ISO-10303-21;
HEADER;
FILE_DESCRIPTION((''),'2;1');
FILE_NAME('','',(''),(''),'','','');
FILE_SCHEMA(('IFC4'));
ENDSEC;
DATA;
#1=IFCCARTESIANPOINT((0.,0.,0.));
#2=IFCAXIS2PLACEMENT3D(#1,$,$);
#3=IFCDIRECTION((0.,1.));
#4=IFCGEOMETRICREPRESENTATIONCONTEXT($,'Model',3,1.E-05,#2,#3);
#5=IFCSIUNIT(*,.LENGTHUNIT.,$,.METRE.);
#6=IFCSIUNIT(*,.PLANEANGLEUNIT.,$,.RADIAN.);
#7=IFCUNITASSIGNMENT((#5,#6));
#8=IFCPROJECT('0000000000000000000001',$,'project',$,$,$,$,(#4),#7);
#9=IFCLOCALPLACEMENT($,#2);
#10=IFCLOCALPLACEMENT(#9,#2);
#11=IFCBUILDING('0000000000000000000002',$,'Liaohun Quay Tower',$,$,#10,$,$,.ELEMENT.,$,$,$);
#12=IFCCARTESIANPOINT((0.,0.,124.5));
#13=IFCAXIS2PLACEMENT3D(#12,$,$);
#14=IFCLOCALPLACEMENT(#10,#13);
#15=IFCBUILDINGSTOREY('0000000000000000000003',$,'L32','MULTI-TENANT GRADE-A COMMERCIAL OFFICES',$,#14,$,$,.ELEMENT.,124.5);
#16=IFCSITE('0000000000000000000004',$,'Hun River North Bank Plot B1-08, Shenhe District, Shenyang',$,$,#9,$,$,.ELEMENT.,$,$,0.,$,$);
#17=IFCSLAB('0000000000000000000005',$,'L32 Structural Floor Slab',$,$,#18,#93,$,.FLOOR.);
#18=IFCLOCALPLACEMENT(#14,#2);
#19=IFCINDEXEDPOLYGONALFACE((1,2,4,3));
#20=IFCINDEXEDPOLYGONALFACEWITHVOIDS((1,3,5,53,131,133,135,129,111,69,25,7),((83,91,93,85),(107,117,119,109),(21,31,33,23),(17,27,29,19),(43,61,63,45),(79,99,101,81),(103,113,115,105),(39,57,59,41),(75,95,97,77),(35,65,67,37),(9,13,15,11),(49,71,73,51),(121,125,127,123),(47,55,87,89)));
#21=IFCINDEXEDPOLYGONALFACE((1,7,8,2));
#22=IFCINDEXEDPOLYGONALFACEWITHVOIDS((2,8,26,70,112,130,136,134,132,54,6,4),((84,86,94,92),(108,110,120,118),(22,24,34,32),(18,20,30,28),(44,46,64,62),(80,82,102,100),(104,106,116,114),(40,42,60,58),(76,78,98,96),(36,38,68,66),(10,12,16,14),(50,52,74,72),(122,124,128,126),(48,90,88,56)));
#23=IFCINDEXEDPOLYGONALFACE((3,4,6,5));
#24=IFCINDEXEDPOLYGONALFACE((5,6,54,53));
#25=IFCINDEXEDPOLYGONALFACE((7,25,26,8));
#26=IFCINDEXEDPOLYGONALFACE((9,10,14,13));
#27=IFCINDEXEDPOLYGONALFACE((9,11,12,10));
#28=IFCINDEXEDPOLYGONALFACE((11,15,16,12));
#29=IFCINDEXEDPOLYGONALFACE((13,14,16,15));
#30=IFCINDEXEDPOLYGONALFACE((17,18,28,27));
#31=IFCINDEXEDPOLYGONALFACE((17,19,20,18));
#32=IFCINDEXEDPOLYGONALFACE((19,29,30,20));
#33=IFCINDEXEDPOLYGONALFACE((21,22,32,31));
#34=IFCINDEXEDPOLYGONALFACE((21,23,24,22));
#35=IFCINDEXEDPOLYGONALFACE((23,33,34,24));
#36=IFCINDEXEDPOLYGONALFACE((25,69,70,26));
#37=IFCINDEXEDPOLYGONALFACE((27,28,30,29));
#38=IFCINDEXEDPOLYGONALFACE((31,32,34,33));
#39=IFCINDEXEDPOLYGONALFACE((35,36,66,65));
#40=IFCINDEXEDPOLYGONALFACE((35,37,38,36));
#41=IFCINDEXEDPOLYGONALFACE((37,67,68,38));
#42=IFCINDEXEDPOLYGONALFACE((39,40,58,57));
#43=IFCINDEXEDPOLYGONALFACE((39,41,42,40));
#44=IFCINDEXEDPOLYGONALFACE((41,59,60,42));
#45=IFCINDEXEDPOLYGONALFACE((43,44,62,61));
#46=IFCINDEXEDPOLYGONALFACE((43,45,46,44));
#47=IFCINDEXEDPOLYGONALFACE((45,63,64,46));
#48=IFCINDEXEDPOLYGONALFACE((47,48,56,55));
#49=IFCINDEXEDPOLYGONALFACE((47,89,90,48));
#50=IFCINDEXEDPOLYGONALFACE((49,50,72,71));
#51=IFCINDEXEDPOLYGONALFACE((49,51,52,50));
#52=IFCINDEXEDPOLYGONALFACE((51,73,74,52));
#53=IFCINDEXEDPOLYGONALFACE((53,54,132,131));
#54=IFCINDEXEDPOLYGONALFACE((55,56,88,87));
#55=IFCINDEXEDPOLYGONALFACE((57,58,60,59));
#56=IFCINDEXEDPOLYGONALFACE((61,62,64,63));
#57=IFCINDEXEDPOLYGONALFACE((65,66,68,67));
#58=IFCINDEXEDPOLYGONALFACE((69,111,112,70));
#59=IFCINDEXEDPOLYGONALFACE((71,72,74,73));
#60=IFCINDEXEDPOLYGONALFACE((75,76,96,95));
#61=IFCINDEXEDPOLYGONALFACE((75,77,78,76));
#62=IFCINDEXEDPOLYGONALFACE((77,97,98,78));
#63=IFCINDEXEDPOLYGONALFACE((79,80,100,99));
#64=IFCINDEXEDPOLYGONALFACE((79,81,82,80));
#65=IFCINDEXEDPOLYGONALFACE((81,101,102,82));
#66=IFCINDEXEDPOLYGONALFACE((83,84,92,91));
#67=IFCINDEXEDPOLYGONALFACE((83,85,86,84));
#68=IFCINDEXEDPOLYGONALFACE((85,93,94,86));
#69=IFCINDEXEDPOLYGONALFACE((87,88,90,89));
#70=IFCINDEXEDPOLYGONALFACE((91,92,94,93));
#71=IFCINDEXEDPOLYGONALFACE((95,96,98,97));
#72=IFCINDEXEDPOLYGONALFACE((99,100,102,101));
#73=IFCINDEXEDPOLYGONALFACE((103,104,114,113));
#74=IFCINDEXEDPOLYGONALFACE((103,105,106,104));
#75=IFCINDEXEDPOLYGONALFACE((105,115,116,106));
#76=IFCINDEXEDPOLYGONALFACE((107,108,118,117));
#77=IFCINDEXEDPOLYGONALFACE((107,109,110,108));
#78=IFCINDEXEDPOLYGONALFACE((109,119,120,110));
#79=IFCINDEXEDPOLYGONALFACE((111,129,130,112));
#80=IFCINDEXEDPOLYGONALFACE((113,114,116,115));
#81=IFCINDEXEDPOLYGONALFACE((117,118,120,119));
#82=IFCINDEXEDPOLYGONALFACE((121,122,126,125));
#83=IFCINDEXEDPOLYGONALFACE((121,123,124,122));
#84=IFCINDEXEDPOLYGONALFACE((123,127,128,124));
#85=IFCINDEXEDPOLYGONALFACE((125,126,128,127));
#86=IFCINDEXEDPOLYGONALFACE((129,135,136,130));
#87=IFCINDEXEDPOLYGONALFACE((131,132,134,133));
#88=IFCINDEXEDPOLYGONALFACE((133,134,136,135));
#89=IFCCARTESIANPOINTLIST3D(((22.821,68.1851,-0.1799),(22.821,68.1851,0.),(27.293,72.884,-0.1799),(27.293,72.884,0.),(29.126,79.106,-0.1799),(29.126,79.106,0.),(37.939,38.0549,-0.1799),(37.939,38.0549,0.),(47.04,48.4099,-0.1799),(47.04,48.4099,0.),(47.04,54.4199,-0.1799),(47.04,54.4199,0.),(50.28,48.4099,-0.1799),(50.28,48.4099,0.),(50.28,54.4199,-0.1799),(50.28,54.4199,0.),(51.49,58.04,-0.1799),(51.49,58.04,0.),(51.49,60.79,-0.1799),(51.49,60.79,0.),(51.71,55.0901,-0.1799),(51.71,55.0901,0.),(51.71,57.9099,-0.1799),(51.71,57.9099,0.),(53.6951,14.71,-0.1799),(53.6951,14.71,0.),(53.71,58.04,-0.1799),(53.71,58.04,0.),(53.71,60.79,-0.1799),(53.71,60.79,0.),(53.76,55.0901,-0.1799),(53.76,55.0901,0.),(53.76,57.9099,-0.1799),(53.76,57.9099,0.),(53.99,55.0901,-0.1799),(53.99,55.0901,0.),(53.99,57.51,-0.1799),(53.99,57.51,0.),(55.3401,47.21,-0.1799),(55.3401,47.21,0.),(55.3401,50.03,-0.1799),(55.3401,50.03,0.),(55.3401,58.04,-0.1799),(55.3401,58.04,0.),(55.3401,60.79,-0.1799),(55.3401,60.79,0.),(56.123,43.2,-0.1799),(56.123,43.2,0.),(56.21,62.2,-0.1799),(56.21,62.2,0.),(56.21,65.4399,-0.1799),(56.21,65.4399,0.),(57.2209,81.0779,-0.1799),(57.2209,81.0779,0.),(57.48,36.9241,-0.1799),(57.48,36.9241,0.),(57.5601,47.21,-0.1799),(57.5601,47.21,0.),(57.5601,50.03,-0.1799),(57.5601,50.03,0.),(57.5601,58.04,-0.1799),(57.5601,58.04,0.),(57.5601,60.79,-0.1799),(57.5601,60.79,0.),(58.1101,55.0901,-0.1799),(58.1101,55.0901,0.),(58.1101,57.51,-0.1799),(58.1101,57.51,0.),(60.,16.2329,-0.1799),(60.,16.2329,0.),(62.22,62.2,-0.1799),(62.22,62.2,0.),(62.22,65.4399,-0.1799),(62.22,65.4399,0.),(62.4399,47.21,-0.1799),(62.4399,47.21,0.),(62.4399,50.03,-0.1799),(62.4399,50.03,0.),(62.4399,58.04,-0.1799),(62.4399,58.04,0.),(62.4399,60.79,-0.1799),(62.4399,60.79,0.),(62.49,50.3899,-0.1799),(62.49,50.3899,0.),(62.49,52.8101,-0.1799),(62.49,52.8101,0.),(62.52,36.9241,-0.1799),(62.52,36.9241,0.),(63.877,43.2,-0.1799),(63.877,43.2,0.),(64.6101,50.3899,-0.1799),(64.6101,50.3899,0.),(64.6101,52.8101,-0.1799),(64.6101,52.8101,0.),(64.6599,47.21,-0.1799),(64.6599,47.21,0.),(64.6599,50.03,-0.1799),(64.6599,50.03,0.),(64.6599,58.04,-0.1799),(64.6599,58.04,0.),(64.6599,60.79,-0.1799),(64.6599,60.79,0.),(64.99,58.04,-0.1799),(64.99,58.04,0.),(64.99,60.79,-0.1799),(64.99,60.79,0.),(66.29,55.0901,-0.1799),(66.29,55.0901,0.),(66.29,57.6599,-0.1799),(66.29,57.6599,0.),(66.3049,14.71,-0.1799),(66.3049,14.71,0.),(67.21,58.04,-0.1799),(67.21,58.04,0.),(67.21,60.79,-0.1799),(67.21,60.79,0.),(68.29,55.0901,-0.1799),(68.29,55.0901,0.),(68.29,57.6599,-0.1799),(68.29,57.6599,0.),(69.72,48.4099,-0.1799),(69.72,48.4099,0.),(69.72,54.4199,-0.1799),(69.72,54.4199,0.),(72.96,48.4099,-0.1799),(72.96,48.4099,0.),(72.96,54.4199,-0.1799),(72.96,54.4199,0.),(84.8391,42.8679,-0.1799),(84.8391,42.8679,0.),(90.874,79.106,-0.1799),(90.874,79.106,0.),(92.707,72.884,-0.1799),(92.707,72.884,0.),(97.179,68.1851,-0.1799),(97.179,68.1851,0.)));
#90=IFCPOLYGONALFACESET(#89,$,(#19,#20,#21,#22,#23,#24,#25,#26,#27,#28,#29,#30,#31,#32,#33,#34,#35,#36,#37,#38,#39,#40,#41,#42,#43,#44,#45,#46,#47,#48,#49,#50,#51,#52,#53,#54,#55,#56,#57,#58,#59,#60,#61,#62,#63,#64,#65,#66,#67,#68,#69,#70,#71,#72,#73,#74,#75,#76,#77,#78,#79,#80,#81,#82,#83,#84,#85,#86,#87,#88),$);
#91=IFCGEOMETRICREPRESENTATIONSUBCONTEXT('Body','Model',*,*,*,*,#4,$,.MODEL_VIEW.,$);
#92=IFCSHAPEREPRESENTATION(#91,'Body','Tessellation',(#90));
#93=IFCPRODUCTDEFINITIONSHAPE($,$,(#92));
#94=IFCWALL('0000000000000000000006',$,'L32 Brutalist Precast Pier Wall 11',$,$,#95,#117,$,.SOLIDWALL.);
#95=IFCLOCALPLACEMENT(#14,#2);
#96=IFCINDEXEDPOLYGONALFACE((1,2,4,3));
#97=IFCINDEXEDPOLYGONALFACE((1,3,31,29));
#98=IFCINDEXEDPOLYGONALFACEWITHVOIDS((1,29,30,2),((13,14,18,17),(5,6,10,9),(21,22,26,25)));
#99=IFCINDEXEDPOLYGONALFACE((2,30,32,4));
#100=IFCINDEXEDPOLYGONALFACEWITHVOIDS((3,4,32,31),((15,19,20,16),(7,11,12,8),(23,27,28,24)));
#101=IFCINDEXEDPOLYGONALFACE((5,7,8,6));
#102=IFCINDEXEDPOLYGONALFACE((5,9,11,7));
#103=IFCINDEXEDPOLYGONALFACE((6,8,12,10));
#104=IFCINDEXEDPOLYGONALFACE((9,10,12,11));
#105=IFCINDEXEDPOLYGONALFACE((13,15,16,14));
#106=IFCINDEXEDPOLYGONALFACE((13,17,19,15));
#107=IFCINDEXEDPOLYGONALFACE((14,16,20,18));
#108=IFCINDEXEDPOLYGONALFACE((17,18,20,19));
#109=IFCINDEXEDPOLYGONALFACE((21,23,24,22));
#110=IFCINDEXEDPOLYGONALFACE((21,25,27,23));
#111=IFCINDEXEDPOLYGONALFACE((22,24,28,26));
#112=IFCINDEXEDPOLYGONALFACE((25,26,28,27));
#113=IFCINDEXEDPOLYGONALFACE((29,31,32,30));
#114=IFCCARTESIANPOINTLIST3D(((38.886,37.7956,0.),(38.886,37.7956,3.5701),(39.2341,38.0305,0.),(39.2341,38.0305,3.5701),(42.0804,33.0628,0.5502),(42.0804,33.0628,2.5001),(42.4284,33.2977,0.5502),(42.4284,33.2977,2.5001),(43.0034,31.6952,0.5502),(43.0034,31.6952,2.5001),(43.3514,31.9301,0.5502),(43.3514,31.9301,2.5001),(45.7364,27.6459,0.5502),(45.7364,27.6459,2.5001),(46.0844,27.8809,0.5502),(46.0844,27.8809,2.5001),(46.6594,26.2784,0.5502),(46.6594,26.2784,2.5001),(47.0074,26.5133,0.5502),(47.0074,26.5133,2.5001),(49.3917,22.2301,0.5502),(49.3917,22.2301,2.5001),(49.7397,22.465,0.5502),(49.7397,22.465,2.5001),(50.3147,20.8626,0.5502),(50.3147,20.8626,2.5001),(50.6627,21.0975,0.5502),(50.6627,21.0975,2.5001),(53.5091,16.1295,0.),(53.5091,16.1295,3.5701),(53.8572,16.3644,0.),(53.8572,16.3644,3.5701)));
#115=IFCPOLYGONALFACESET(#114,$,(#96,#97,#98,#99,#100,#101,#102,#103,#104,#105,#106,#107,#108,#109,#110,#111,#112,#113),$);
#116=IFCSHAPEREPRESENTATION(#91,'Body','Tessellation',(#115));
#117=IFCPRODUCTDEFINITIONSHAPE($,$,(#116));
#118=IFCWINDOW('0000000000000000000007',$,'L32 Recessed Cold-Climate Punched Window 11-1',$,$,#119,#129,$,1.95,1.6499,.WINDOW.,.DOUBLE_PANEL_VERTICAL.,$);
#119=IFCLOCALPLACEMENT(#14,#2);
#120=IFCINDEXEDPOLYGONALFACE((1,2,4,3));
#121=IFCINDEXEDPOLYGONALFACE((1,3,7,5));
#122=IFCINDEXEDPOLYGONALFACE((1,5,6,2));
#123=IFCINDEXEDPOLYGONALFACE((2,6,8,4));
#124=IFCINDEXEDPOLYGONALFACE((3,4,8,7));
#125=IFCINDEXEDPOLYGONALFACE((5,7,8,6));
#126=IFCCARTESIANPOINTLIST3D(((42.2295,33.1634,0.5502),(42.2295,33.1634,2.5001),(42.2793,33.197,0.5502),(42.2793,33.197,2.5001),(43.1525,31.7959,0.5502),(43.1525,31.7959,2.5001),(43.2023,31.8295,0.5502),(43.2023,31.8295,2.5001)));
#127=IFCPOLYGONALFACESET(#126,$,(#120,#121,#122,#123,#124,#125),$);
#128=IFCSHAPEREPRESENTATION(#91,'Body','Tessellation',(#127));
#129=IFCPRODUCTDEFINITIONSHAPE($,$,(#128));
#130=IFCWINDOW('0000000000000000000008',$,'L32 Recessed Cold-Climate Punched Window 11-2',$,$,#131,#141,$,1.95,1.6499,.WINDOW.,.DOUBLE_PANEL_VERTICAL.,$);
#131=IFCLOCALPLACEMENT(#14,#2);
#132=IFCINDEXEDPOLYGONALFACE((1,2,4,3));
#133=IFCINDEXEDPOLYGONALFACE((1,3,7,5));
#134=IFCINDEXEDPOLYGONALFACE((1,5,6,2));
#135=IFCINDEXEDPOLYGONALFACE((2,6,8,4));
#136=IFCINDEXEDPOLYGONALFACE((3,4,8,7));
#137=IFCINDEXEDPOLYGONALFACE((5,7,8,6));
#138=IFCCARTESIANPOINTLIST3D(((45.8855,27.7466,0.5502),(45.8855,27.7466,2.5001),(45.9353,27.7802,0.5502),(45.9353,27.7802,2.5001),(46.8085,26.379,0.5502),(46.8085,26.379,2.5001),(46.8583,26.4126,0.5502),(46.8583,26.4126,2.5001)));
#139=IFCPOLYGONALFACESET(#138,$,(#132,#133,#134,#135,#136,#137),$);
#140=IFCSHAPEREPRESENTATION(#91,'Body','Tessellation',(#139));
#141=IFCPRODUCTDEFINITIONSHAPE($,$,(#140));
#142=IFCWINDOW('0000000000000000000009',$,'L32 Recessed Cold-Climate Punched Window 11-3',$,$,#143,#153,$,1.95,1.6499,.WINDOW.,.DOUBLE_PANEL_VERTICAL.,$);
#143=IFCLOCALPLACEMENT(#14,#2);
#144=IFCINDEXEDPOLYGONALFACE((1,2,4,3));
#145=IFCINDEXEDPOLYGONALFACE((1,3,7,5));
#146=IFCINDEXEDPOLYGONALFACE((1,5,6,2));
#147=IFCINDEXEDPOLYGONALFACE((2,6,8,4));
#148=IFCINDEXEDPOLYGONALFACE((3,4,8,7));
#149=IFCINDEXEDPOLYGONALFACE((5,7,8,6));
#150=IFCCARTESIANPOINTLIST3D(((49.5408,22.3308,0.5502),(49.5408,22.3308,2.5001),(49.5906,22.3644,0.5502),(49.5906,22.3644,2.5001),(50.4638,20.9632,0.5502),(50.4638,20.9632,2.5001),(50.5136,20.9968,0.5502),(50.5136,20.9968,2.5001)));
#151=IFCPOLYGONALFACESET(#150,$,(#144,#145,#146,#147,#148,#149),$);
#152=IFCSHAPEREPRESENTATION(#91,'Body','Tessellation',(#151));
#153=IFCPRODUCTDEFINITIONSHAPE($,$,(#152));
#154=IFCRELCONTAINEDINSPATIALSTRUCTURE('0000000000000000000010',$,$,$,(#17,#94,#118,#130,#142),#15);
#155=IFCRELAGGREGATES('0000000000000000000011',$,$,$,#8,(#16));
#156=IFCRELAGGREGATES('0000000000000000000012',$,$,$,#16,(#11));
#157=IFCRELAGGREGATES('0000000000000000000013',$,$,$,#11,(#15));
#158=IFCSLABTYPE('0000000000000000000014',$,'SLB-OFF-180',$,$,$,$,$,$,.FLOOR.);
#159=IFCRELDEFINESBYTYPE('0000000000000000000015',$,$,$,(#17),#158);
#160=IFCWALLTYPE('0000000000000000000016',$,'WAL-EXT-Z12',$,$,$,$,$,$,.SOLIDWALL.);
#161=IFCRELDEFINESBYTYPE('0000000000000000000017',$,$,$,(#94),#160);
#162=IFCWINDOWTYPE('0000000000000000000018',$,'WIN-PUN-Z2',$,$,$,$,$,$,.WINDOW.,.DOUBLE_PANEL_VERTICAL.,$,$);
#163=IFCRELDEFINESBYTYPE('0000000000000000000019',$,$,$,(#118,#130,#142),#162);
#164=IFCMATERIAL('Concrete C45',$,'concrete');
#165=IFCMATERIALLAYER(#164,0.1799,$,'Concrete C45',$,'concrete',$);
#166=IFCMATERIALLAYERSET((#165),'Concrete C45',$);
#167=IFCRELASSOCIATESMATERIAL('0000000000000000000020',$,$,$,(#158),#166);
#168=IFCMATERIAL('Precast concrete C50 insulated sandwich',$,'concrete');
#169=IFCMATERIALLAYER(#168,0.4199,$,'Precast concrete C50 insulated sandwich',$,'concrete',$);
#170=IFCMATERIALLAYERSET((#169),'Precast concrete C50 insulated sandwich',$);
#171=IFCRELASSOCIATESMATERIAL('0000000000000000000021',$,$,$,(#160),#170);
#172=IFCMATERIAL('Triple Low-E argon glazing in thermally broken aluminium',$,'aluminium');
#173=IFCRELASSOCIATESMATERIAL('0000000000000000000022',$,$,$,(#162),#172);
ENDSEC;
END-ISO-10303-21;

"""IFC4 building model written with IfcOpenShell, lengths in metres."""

from ifc_helpers import new_model, si_unit, direction, frame, frame_2d, origin, place, context, subcontext, project, spatial, polyline, rectangle, outline, extrude, source, transform, mapped, material, layer, layer_set, type_object, element, fill, save


model = new_model("IFC4")

# Units and contexts
model_context = context("Model", 3, precision=1e-05, world=origin(), true_north=direction((0.0, 1.0)))
body_context = subcontext(model_context, "Body", "Model", "MODEL_VIEW")
ifc_project = project(units=[si_unit("LENGTHUNIT", "METRE"), si_unit("PLANEANGLEUNIT", "RADIAN")], contexts=[model_context])

# Site, building, storey
site_placement = place(None, origin())
site = spatial("IfcSite", under=ifc_project, at=site_placement, Name="Hun River North Bank Plot B1-08, Shenhe District, Shenyang", CompositionType="ELEMENT", RefElevation=0.0)
building_placement = place(site_placement, origin())
building = spatial("IfcBuilding", under=site, at=building_placement, Name="Liaohun Quay Tower", CompositionType="ELEMENT")
storey_placement = place(building_placement, frame((0.0, 0.0, 124.5)))
storey = spatial("IfcBuildingStorey", under=building, at=storey_placement, Name="L32", Description="MULTI-TENANT GRADE-A COMMERCIAL OFFICES", CompositionType="ELEMENT", Elevation=124.5)

# Shared definitions
ifc_material_1 = material(Name="Concrete C45", Category="concrete")

# Slab
ifc_layer_1 = layer(ifc_material_1, 0.1799, Name="Concrete C45", Category="concrete")
ifc_layer_set_1 = layer_set([ifc_layer_1], Name="Concrete C45")
slab_type_1 = type_object("IfcSlabType", Name="SLB-OFF-180", PredefinedType="FLOOR", material=ifc_layer_set_1)
slab_1_placement = place(storey_placement, frame((0.0, 0.0, -0.1799)))
element("IfcSlab", 1, at=slab_1_placement, inside=storey, type_object=slab_type_1, Name="L32 Structural Floor Slab", PredefinedType="FLOOR", context=body_context, shape_type="SweptSolid", body=[
    extrude(outline(polyline([(53.6951, 14.71), (60.0, 16.2329), (66.3049, 14.71), (84.8391, 42.8679), (97.179, 68.1851), (92.707, 72.884), (90.874, 79.106), (57.2209, 81.0779), (29.126, 79.106), (27.293, 72.884), (22.821, 68.1851), (37.939, 38.0549), (53.6951, 14.71)]), holes=[polyline([(57.5601, 50.03), (55.3401, 50.03), (55.3401, 47.21), (57.5601, 47.21), (57.5601, 50.03)]), polyline([(50.28, 54.4199), (47.04, 54.4199), (47.04, 48.4099), (50.28, 48.4099), (50.28, 54.4199)]), polyline([(53.99, 55.0901), (58.1101, 55.0901), (58.1101, 57.51), (53.99, 57.51), (53.99, 55.0901)]), polyline([(53.76, 55.0901), (53.76, 57.9099), (51.71, 57.9099), (51.71, 55.0901), (53.76, 55.0901)]), polyline([(53.71, 58.04), (53.71, 60.79), (51.49, 60.79), (51.49, 58.04), (53.71, 58.04)]), polyline([(57.5601, 58.04), (57.5601, 60.79), (55.3401, 60.79), (55.3401, 58.04), (57.5601, 58.04)]), polyline([(62.22, 62.2), (62.22, 65.4399), (56.21, 65.4399), (56.21, 62.2), (62.22, 62.2)]), polyline([(62.52, 36.9241), (63.877, 43.2), (56.123, 43.2), (57.48, 36.9241), (62.52, 36.9241)]), polyline([(64.6599, 47.21), (64.6599, 50.03), (62.4399, 50.03), (62.4399, 47.21), (64.6599, 47.21)]), polyline([(72.96, 54.4199), (69.72, 54.4199), (69.72, 48.4099), (72.96, 48.4099), (72.96, 54.4199)]), polyline([(64.6101, 50.3899), (64.6101, 52.8101), (62.49, 52.8101), (62.49, 50.3899), (64.6101, 50.3899)]), polyline([(68.29, 55.0901), (68.29, 57.6599), (66.29, 57.6599), (66.29, 55.0901), (68.29, 55.0901)]), polyline([(64.6599, 58.04), (64.6599, 60.79), (62.4399, 60.79), (62.4399, 58.04), (64.6599, 58.04)]), polyline([(67.21, 58.04), (67.21, 60.79), (64.99, 60.79), (64.99, 58.04), (67.21, 58.04)])]), origin(), (0.0, 0.0, 1.0), 0.1799),
])

# Wall, openings, windows
ifc_material_2 = material(Name="Precast concrete C50 insulated sandwich", Category="concrete")
ifc_layer_2 = layer(ifc_material_2, 0.4199, Name="Precast concrete C50 insulated sandwich", Category="concrete")
ifc_layer_set_2 = layer_set([ifc_layer_2], Name="Precast concrete C50 insulated sandwich")
wall_type_1 = type_object("IfcWallType", Name="WAL-EXT-Z12", PredefinedType="SOLIDWALL", material=ifc_layer_set_2)
wall_1_placement = place(storey_placement, frame((39.0601, 37.9131, 0.0), z_axis=(0.0, 0.0, 1.0), x_axis=(0.559433, -0.828876, 0.0)))
wall_1 = element("IfcWall", 2, at=wall_1_placement, inside=storey, type_object=wall_type_1, Name="L32 Brutalist Precast Pier Wall 11", PredefinedType="SOLIDWALL", context=body_context, shape_type="SweptSolid", body=[
    extrude(rectangle(XDim=26.1392, YDim=0.4199, at=frame_2d((13.0696, 0.0))), origin(), (0.0, 0.0, 1.0), 3.5701),
])
shared_shape_1 = source(origin(), body_context, "Body", "SweptSolid", [
    extrude(rectangle(XDim=1.6499, YDim=1.95, at=frame_2d((0.825, 0.9751))), frame((0.0, 0.22, 0.0), z_axis=(0.0, -1.0, 0.0), x_axis=(1.0, 0.0, 0.0)), (0.0, 0.0, 1.0), 0.4399),
])
opening_1_placement = place(wall_1_placement, frame((5.71, 0.0, 0.55)))
opening_1 = element("IfcOpeningElement", 3, at=opening_1_placement, cuts=wall_1, PredefinedType="OPENING", context=body_context, shape_type="MappedRepresentation", body=[
    mapped(shared_shape_1, transform((0.0, 0.0, 0.0), x_axis=(1.0, 0.0, 0.0), y_axis=(0.0, 1.0, 0.0), z_axis=(0.0, 0.0, 1.0), scale=1.0)),
])
opening_2_placement = place(wall_1_placement, frame((12.2451, 0.0, 0.55)))
opening_2 = element("IfcOpeningElement", 4, at=opening_2_placement, cuts=wall_1, PredefinedType="OPENING", context=body_context, shape_type="MappedRepresentation", body=[
    mapped(shared_shape_1, transform((0.0, 0.0, 0.0), x_axis=(1.0, 0.0, 0.0), y_axis=(0.0, 1.0, 0.0), z_axis=(0.0, 0.0, 1.0), scale=1.0)),
])
opening_3_placement = place(wall_1_placement, frame((18.7791, 0.0, 0.55)))
opening_3 = element("IfcOpeningElement", 5, at=opening_3_placement, cuts=wall_1, PredefinedType="OPENING", context=body_context, shape_type="MappedRepresentation", body=[
    mapped(shared_shape_1, transform((0.0, 0.0, 0.0), x_axis=(1.0, 0.0, 0.0), y_axis=(0.0, 1.0, 0.0), z_axis=(0.0, 0.0, 1.0), scale=1.0)),
])
ifc_material_3 = material(Name="Triple Low-E argon glazing in thermally broken aluminium", Category="aluminium")
window_type = type_object("IfcWindowType", Name="WIN-PUN-Z2", PartitioningType="DOUBLE_PANEL_VERTICAL", PredefinedType="WINDOW", material=ifc_material_3)
shared_shape_2 = source(origin(), body_context, "Body", "SweptSolid", [
    extrude(rectangle(XDim=1.6499, YDim=1.95, at=frame_2d((0.825, 0.9751))), frame((0.0, 0.03, 0.0), z_axis=(0.0, -1.0, 0.0), x_axis=(1.0, 0.0, 0.0)), (0.0, 0.0, 1.0), 0.0601),
])
window_1_placement = place(opening_1_placement, origin())
window_1 = element("IfcWindow", 6, at=window_1_placement, inside=storey, type_object=window_type, Name="L32 Recessed Cold-Climate Punched Window 11-1", OverallHeight=1.95, OverallWidth=1.6499, PartitioningType="DOUBLE_PANEL_VERTICAL", PredefinedType="WINDOW", context=body_context, shape_type="MappedRepresentation", body=[
    mapped(shared_shape_2, transform((0.0, 0.0, 0.0), x_axis=(1.0, 0.0, 0.0), y_axis=(0.0, 1.0, 0.0), z_axis=(0.0, 0.0, 1.0), scale=1.0)),
])
fill(opening_1, window_1)
window_2_placement = place(opening_2_placement, origin())
window_2 = element("IfcWindow", 7, at=window_2_placement, inside=storey, type_object=window_type, Name="L32 Recessed Cold-Climate Punched Window 11-2", OverallHeight=1.95, OverallWidth=1.6499, PartitioningType="DOUBLE_PANEL_VERTICAL", PredefinedType="WINDOW", context=body_context, shape_type="MappedRepresentation", body=[
    mapped(shared_shape_2, transform((0.0, 0.0, 0.0), x_axis=(1.0, 0.0, 0.0), y_axis=(0.0, 1.0, 0.0), z_axis=(0.0, 0.0, 1.0), scale=1.0)),
])
fill(opening_2, window_2)
window_3_placement = place(opening_3_placement, origin())
window_3 = element("IfcWindow", 8, at=window_3_placement, inside=storey, type_object=window_type, Name="L32 Recessed Cold-Climate Punched Window 11-3", OverallHeight=1.95, OverallWidth=1.6499, PartitioningType="DOUBLE_PANEL_VERTICAL", PredefinedType="WINDOW", context=body_context, shape_type="MappedRepresentation", body=[
    mapped(shared_shape_2, transform((0.0, 0.0, 0.0), x_axis=(1.0, 0.0, 0.0), y_axis=(0.0, 1.0, 0.0), z_axis=(0.0, 0.0, 1.0), scale=1.0)),
])
fill(opening_3, window_3)

save(model, "model.ifc")
